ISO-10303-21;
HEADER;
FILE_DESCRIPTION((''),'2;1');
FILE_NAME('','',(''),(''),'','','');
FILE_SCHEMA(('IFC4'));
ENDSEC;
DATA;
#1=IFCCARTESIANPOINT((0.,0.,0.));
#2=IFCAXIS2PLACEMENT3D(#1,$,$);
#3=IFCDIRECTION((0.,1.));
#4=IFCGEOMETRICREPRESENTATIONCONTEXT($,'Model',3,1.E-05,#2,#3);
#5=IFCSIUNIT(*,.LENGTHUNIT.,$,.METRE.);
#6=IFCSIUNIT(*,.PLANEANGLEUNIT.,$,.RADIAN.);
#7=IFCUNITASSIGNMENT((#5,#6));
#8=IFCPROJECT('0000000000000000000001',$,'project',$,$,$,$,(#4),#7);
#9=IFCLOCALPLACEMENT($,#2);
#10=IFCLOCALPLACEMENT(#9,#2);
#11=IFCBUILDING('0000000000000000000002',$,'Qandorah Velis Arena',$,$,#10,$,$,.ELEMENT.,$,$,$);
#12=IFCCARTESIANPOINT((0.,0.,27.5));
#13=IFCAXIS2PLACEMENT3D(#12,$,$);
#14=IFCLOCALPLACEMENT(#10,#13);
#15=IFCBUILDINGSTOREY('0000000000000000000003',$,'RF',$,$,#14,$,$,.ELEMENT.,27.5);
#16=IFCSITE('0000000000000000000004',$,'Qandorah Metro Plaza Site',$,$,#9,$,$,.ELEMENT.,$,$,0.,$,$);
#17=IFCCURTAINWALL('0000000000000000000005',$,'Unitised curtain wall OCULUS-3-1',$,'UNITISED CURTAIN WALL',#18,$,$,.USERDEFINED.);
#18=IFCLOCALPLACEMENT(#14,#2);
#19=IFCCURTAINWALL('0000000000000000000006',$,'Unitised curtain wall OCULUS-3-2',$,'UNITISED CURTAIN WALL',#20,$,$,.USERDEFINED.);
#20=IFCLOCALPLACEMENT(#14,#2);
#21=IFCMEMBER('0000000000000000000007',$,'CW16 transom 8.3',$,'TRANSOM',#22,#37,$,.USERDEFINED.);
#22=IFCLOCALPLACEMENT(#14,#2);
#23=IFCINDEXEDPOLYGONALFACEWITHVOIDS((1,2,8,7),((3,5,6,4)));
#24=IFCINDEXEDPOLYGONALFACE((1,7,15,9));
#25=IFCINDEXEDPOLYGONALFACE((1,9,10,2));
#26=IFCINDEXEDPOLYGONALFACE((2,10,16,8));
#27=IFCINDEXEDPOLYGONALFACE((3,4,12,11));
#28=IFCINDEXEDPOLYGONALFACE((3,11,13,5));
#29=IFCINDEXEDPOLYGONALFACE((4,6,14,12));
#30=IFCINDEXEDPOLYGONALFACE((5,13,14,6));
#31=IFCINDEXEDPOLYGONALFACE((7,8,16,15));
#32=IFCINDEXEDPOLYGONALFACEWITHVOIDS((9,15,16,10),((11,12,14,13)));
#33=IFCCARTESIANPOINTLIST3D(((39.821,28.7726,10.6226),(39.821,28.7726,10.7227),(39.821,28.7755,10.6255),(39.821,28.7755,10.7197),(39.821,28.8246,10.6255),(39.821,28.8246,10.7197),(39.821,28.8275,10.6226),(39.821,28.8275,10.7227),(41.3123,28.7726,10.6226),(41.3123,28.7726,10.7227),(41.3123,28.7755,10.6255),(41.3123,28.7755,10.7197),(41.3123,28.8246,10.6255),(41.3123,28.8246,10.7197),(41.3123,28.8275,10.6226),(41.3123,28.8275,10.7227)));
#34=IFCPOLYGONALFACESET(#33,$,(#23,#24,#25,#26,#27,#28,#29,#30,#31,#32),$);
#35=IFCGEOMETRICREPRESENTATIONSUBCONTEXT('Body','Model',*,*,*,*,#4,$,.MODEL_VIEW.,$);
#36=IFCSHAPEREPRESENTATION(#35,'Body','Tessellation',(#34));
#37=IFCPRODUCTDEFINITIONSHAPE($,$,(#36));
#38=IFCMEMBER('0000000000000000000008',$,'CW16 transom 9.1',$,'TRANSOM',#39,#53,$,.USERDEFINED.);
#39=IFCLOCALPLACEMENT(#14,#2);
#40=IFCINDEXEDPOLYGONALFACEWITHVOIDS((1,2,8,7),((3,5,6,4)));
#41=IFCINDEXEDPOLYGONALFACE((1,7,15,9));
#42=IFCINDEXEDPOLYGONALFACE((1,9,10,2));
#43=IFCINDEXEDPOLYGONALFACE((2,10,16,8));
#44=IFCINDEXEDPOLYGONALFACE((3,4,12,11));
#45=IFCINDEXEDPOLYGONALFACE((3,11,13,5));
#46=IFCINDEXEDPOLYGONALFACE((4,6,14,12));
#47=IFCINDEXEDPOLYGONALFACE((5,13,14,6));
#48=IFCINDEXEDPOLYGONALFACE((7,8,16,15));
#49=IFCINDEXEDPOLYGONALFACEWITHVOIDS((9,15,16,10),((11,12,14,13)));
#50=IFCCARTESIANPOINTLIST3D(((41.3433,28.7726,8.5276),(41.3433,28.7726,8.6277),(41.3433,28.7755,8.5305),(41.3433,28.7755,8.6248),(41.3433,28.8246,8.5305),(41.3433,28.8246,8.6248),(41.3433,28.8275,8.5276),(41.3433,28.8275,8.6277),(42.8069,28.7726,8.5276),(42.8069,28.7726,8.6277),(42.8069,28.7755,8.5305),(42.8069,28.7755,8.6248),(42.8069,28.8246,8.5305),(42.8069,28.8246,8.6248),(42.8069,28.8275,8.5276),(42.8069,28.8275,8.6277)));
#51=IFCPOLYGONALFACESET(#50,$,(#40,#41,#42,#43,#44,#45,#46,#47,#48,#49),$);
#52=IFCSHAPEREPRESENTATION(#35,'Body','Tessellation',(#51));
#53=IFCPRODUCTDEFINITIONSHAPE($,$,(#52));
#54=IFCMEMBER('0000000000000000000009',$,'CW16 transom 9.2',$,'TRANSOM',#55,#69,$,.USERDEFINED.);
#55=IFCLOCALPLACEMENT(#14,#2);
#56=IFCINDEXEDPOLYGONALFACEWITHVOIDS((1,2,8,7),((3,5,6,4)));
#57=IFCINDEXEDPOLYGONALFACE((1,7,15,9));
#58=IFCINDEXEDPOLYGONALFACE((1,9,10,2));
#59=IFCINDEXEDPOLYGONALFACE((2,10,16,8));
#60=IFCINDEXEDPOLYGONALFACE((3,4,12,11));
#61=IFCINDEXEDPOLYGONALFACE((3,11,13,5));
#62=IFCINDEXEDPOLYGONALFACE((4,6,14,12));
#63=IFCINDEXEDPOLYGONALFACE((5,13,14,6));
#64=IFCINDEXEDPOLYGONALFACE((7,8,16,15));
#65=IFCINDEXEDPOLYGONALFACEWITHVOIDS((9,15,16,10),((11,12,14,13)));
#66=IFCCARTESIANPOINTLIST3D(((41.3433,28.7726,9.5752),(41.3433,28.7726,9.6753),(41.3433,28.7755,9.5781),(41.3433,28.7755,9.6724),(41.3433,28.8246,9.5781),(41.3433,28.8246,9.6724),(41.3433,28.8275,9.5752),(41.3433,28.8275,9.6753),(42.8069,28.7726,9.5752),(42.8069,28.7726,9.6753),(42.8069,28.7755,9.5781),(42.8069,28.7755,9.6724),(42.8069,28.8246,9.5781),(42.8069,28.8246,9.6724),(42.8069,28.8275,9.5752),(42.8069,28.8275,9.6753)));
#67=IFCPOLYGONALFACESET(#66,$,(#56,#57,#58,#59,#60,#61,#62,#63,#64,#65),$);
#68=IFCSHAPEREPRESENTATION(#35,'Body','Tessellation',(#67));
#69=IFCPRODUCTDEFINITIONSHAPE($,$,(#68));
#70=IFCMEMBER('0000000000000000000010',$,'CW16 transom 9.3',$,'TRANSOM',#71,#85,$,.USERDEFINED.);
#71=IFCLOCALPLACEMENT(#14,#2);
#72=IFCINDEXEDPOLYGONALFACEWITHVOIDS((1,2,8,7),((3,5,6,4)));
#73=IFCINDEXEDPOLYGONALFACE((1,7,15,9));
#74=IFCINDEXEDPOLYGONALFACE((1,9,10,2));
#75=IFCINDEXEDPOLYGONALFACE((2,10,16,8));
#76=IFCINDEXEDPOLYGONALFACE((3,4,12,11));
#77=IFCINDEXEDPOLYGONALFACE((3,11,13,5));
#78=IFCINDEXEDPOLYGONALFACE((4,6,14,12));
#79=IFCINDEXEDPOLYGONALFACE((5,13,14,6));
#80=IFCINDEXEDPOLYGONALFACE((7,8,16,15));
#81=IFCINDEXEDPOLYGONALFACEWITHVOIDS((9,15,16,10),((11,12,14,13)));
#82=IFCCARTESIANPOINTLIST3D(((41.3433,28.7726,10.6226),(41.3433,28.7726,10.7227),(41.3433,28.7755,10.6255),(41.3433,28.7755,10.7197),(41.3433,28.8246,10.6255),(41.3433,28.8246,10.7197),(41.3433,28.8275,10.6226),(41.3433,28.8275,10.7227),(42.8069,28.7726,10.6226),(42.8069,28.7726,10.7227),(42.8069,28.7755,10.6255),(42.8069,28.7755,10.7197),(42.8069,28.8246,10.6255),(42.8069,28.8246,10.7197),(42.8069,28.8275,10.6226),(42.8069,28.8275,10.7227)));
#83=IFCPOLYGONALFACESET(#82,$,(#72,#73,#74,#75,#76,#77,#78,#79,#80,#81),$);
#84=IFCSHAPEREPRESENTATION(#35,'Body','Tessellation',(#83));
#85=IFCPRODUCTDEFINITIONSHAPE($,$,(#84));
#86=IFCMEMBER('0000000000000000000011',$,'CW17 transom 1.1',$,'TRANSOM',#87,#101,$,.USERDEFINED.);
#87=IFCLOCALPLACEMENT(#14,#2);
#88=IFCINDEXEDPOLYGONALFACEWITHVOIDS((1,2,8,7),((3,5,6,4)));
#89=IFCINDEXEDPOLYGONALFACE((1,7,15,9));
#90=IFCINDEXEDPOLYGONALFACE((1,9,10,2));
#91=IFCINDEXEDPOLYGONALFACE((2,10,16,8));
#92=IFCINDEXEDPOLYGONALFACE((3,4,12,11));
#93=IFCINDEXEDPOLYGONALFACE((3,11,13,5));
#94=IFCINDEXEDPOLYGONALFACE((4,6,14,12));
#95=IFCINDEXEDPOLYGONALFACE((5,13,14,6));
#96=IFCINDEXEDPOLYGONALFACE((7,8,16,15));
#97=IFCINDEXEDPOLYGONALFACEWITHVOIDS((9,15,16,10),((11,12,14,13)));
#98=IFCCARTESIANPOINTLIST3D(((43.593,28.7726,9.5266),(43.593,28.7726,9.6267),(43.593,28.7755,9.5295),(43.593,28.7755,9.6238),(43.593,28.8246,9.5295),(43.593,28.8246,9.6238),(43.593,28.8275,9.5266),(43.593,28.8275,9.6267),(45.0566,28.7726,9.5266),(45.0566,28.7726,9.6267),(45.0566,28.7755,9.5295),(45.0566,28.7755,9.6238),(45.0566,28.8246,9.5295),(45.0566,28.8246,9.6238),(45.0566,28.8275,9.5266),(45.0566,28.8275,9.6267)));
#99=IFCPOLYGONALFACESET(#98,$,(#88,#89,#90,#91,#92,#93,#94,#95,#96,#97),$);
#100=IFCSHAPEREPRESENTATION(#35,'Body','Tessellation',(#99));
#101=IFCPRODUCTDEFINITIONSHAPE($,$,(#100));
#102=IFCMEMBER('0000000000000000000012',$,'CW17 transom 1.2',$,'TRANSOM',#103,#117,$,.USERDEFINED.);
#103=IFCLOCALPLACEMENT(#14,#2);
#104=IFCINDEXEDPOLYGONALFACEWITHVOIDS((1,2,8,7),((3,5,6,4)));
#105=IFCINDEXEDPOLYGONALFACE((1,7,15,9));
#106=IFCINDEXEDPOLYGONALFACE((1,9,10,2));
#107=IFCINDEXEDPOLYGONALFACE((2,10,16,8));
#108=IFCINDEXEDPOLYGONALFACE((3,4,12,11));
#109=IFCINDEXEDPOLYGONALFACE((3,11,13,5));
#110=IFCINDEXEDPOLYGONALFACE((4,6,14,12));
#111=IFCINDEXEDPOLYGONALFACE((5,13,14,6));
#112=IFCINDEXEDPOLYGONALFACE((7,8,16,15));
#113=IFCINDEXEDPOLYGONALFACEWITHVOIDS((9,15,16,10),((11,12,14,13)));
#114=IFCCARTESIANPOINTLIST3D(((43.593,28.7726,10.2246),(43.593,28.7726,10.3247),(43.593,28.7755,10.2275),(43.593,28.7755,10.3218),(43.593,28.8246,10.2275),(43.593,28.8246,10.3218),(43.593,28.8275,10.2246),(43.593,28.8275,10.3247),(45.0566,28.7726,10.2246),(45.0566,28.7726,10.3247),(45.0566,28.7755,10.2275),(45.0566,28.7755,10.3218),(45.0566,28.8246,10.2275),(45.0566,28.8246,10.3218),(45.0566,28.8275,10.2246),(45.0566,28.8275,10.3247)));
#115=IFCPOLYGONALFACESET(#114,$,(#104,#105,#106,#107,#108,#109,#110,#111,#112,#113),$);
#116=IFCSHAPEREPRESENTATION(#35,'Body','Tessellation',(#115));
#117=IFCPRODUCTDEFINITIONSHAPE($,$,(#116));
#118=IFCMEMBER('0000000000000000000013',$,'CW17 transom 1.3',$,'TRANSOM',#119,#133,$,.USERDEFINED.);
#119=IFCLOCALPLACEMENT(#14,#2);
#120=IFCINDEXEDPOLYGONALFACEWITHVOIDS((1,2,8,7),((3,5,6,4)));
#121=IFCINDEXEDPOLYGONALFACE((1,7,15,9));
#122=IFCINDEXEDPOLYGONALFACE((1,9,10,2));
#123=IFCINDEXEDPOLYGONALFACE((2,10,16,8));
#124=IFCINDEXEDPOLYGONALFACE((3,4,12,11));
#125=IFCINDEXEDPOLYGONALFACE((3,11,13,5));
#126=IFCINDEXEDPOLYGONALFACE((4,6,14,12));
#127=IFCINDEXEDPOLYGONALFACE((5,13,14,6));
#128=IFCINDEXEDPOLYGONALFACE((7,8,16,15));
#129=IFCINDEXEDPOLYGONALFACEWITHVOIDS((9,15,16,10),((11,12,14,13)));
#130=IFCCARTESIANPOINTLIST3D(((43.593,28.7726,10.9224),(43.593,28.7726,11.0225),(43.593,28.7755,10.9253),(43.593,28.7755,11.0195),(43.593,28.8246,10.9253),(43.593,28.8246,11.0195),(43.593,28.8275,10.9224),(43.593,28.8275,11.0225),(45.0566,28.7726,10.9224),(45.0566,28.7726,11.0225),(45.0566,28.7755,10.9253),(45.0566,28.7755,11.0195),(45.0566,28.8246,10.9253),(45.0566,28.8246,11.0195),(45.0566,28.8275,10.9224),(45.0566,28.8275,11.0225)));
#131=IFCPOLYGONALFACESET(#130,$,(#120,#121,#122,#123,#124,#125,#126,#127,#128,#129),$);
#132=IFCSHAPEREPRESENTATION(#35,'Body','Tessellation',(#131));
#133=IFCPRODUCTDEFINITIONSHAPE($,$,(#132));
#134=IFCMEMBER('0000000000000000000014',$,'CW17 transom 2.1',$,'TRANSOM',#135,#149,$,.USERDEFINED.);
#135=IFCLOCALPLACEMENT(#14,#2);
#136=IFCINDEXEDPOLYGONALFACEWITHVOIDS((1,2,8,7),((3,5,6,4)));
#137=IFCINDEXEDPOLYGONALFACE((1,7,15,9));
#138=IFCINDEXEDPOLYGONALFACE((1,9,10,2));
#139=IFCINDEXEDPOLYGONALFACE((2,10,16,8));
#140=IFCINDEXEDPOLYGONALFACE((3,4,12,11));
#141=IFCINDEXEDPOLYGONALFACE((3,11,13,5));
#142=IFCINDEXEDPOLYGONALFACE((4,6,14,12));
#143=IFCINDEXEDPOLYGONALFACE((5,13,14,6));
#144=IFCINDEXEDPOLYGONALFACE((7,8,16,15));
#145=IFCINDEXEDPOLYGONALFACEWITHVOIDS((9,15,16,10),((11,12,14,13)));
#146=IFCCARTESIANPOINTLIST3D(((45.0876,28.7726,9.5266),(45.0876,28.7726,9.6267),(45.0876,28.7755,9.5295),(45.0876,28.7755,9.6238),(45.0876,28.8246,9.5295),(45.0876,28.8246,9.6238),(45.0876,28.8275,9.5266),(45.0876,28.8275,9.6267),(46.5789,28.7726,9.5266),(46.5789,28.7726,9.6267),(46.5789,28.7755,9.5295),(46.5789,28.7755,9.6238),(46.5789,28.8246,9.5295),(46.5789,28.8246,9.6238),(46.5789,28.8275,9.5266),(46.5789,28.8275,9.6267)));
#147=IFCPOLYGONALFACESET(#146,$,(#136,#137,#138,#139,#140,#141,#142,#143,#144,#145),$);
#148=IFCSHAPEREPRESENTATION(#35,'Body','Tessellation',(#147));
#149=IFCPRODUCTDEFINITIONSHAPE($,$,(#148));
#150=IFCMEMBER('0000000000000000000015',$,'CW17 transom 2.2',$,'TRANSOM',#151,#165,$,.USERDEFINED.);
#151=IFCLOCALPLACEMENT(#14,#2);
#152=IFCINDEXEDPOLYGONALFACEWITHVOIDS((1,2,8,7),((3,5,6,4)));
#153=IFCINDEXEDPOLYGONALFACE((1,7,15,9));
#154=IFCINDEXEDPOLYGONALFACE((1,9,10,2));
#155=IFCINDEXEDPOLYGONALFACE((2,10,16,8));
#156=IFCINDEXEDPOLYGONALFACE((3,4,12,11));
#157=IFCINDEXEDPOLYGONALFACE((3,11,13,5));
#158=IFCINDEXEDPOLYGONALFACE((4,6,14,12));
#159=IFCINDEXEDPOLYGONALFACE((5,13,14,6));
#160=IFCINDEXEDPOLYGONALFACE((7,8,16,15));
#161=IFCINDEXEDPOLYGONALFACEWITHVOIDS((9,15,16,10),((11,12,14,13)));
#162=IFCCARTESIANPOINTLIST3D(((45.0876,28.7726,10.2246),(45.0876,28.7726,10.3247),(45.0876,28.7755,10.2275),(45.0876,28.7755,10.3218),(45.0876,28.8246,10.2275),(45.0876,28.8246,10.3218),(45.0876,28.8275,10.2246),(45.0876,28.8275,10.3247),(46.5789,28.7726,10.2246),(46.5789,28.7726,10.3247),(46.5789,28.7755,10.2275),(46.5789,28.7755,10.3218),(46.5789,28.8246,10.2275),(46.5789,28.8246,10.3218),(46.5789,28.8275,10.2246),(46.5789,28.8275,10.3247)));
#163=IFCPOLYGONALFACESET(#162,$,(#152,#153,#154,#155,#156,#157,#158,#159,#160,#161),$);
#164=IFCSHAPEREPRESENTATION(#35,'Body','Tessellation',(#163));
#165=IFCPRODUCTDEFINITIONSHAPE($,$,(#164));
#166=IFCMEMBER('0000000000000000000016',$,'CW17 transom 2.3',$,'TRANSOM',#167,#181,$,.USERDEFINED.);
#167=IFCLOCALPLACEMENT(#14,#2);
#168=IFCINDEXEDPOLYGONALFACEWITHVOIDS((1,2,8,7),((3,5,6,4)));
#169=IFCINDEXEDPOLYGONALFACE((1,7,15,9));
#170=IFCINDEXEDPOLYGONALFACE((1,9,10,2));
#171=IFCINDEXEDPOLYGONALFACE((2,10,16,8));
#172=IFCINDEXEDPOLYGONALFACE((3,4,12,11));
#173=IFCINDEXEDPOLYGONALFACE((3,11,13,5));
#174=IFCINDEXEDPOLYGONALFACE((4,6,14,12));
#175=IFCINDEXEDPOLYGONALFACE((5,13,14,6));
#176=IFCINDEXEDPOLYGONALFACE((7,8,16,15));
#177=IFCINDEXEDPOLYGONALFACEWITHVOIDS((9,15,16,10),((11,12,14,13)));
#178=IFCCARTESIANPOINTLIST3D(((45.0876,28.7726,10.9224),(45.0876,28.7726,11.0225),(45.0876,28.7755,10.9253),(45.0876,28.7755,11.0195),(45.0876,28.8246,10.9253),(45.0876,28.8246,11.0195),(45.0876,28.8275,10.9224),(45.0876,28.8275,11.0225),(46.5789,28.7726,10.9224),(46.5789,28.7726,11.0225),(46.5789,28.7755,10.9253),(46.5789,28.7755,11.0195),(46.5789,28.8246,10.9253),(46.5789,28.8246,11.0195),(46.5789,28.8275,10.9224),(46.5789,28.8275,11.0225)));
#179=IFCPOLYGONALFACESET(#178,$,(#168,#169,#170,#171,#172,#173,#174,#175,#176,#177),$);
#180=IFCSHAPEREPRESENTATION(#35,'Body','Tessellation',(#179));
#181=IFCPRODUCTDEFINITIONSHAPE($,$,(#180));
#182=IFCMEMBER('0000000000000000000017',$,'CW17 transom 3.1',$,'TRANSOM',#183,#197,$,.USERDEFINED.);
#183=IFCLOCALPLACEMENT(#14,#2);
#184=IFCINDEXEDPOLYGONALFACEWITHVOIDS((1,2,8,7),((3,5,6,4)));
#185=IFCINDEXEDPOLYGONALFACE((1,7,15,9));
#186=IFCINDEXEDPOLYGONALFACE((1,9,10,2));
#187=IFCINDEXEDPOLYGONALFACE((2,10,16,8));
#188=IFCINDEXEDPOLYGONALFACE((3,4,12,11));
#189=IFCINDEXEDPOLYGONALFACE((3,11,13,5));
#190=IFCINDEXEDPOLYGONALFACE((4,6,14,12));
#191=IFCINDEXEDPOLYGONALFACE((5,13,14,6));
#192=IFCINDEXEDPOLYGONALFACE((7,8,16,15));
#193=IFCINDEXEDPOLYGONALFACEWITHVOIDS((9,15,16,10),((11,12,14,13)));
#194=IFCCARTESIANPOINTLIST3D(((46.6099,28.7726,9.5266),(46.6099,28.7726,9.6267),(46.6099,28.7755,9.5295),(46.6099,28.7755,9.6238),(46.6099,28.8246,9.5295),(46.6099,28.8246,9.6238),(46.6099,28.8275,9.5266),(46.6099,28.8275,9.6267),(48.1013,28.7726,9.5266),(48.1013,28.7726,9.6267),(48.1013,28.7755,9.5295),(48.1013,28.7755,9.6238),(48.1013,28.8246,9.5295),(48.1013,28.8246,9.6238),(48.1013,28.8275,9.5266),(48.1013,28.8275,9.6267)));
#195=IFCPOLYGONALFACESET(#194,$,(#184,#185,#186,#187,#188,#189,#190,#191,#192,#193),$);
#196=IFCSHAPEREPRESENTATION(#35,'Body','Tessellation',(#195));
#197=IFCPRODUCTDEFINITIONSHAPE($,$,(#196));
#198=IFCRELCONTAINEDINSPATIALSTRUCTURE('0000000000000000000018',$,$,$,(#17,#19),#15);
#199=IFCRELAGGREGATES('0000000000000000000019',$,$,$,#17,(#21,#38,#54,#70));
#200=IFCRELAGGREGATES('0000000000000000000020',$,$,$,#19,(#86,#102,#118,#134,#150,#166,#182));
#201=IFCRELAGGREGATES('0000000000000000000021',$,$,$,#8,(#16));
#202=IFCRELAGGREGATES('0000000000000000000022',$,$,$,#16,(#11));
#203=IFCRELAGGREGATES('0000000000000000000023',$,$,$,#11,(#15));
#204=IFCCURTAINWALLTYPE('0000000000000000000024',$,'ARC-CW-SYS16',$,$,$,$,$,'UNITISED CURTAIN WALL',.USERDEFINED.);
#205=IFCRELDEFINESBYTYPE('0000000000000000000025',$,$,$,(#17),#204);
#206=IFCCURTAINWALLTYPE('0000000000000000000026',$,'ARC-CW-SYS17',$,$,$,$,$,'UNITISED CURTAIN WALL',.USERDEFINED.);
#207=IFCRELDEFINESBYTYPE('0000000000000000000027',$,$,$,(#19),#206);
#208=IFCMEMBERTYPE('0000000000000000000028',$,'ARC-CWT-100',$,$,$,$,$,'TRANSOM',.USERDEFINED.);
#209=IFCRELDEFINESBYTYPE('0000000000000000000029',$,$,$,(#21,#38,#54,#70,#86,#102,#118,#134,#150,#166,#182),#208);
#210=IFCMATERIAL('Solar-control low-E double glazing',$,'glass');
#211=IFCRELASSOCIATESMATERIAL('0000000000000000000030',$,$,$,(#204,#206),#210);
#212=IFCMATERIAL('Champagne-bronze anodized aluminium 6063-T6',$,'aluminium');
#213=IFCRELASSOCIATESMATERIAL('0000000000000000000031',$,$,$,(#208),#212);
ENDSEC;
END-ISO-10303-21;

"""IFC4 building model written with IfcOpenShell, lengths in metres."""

from ifc_helpers import new_model, si_unit, direction, frame, origin, origin_2d, place, context, subcontext, project, spatial, hollow_rectangle, extrude, material, material_profile, profile_set, type_object, element, aggregate, save


model = new_model("IFC4")

# Units and contexts
model_context = context("Model", 3, precision=1e-05, world=origin(), true_north=direction((0.0, 1.0)))
body_context = subcontext(model_context, "Body", "Model", "MODEL_VIEW")
ifc_project = project(units=[si_unit("LENGTHUNIT", "METRE"), si_unit("PLANEANGLEUNIT", "RADIAN")], contexts=[model_context])

# Site, building, storey
site_placement = place(None, origin())
site = spatial("IfcSite", under=ifc_project, at=site_placement, Name="Qandorah Metro Plaza Site", CompositionType="ELEMENT", RefElevation=0.0)
building_placement = place(site_placement, origin())
building = spatial("IfcBuilding", under=site, at=building_placement, Name="Qandorah Velis Arena", CompositionType="ELEMENT")
storey_placement = place(building_placement, frame((0.0, 0.0, 27.5)))
storey = spatial("IfcBuildingStorey", under=building, at=storey_placement, Name="RF", CompositionType="ELEMENT", Elevation=27.5)

# Curtain walls
ifc_material_1 = material(Name="Solar-control low-E double glazing", Category="glass")
curtain_wall_type_1 = type_object("IfcCurtainWallType", Name="ARC-CW-SYS16", ElementType="UNITISED CURTAIN WALL", PredefinedType="USERDEFINED", material=ifc_material_1)
curtain_wall_1_placement = place(storey_placement, origin())
curtain_wall_1 = element("IfcCurtainWall", 1, at=curtain_wall_1_placement, inside=storey, type_object=curtain_wall_type_1, Name="Unitised curtain wall OCULUS-3-1", ObjectType="UNITISED CURTAIN WALL", PredefinedType="USERDEFINED")
ifc_material_2 = material(Name="Champagne-bronze anodized aluminium 6063-T6", Category="aluminium")
curtain_wall_type_2 = type_object("IfcCurtainWallType", Name="ARC-CW-SYS17", ElementType="UNITISED CURTAIN WALL", PredefinedType="USERDEFINED", material=ifc_material_1)
curtain_wall_2_placement = place(storey_placement, origin())
curtain_wall_2 = element("IfcCurtainWall", 2, at=curtain_wall_2_placement, inside=storey, type_object=curtain_wall_type_2, Name="Unitised curtain wall OCULUS-3-2", ObjectType="UNITISED CURTAIN WALL", PredefinedType="USERDEFINED")

# Members
ifc_material_profile_1 = material_profile(ifc_material_2, hollow_rectangle(XDim=0.0549, YDim=0.1001, WallThickness=0.0029, at=origin_2d()), Name="ALU TRANSOM 55x100")
ifc_profile_set_1 = profile_set([ifc_material_profile_1], Name="Champagne-bronze anodized aluminium 6063-T6")
member_type_1 = type_object("IfcMemberType", Name="ARC-CWT-100", ElementType="TRANSOM", PredefinedType="USERDEFINED", material=ifc_profile_set_1)
member_1_placement = place(storey_placement, frame((39.821, 28.8, 10.6726), z_axis=(1.0, 0.0, 0.0), x_axis=(0.0, 1.0, 0.0)))
member_1 = element("IfcMember", 3, at=member_1_placement, type_object=member_type_1, Name="CW16 transom 8.3", ObjectType="TRANSOM", PredefinedType="USERDEFINED", context=body_context, shape_type="SweptSolid", body=[
    extrude(hollow_rectangle(XDim=0.0549, YDim=0.1001, WallThickness=0.0029, at=origin_2d()), origin(), (0.0, 0.0, 1.0), 1.4912),
])
member_2_placement = place(storey_placement, frame((41.3433, 28.8, 8.5776), z_axis=(1.0, 0.0, 0.0), x_axis=(0.0, 1.0, 0.0)))
member_2 = element("IfcMember", 4, at=member_2_placement, type_object=member_type_1, Name="CW16 transom 9.1", ObjectType="TRANSOM", PredefinedType="USERDEFINED", context=body_context, shape_type="SweptSolid", body=[
    extrude(hollow_rectangle(XDim=0.0549, YDim=0.1001, WallThickness=0.0029, at=origin_2d()), origin(), (0.0, 0.0, 1.0), 1.4636),
])
member_3_placement = place(storey_placement, frame((41.3433, 28.8, 9.6252), z_axis=(1.0, 0.0, 0.0), x_axis=(0.0, 1.0, 0.0)))
member_3 = element("IfcMember", 5, at=member_3_placement, type_object=member_type_1, Name="CW16 transom 9.2", ObjectType="TRANSOM", PredefinedType="USERDEFINED", context=body_context, shape_type="SweptSolid", body=[
    extrude(hollow_rectangle(XDim=0.0549, YDim=0.1001, WallThickness=0.0029, at=origin_2d()), origin(), (0.0, 0.0, 1.0), 1.4636),
])
member_4_placement = place(storey_placement, frame((41.3433, 28.8, 10.6726), z_axis=(1.0, 0.0, 0.0), x_axis=(0.0, 1.0, 0.0)))
member_4 = element("IfcMember", 6, at=member_4_placement, type_object=member_type_1, Name="CW16 transom 9.3", ObjectType="TRANSOM", PredefinedType="USERDEFINED", context=body_context, shape_type="SweptSolid", body=[
    extrude(hollow_rectangle(XDim=0.0549, YDim=0.1001, WallThickness=0.0029, at=origin_2d()), origin(), (0.0, 0.0, 1.0), 1.4636),
])
member_5_placement = place(storey_placement, frame((43.593, 28.8, 9.5767), z_axis=(1.0, 0.0, 0.0), x_axis=(0.0, 1.0, 0.0)))
member_5 = element("IfcMember", 7, at=member_5_placement, type_object=member_type_1, Name="CW17 transom 1.1", ObjectType="TRANSOM", PredefinedType="USERDEFINED", context=body_context, shape_type="SweptSolid", body=[
    extrude(hollow_rectangle(XDim=0.0549, YDim=0.1001, WallThickness=0.0029, at=origin_2d()), origin(), (0.0, 0.0, 1.0), 1.4636),
])
member_6_placement = place(storey_placement, frame((43.593, 28.8, 10.2747), z_axis=(1.0, 0.0, 0.0), x_axis=(0.0, 1.0, 0.0)))
member_6 = element("IfcMember", 8, at=member_6_placement, type_object=member_type_1, Name="CW17 transom 1.2", ObjectType="TRANSOM", PredefinedType="USERDEFINED", context=body_context, shape_type="SweptSolid", body=[
    extrude(hollow_rectangle(XDim=0.0549, YDim=0.1001, WallThickness=0.0029, at=origin_2d()), origin(), (0.0, 0.0, 1.0), 1.4636),
])
member_7_placement = place(storey_placement, frame((43.593, 28.8, 10.9724), z_axis=(1.0, 0.0, 0.0), x_axis=(0.0, 1.0, 0.0)))
member_7 = element("IfcMember", 9, at=member_7_placement, type_object=member_type_1, Name="CW17 transom 1.3", ObjectType="TRANSOM", PredefinedType="USERDEFINED", context=body_context, shape_type="SweptSolid", body=[
    extrude(hollow_rectangle(XDim=0.0549, YDim=0.1001, WallThickness=0.0029, at=origin_2d()), origin(), (0.0, 0.0, 1.0), 1.4636),
])
member_8_placement = place(storey_placement, frame((45.0876, 28.8, 9.5767), z_axis=(1.0, 0.0, 0.0), x_axis=(0.0, 1.0, 0.0)))
member_8 = element("IfcMember", 10, at=member_8_placement, type_object=member_type_1, Name="CW17 transom 2.1", ObjectType="TRANSOM", PredefinedType="USERDEFINED", context=body_context, shape_type="SweptSolid", body=[
    extrude(hollow_rectangle(XDim=0.0549, YDim=0.1001, WallThickness=0.0029, at=origin_2d()), origin(), (0.0, 0.0, 1.0), 1.4912),
])
member_9_placement = place(storey_placement, frame((45.0876, 28.8, 10.2747), z_axis=(1.0, 0.0, 0.0), x_axis=(0.0, 1.0, 0.0)))
member_9 = element("IfcMember", 11, at=member_9_placement, type_object=member_type_1, Name="CW17 transom 2.2", ObjectType="TRANSOM", PredefinedType="USERDEFINED", context=body_context, shape_type="SweptSolid", body=[
    extrude(hollow_rectangle(XDim=0.0549, YDim=0.1001, WallThickness=0.0029, at=origin_2d()), origin(), (0.0, 0.0, 1.0), 1.4912),
])
member_10_placement = place(storey_placement, frame((45.0876, 28.8, 10.9724), z_axis=(1.0, 0.0, 0.0), x_axis=(0.0, 1.0, 0.0)))
member_10 = element("IfcMember", 12, at=member_10_placement, type_object=member_type_1, Name="CW17 transom 2.3", ObjectType="TRANSOM", PredefinedType="USERDEFINED", context=body_context, shape_type="SweptSolid", body=[
    extrude(hollow_rectangle(XDim=0.0549, YDim=0.1001, WallThickness=0.0029, at=origin_2d()), origin(), (0.0, 0.0, 1.0), 1.4912),
])
member_11_placement = place(storey_placement, frame((46.6099, 28.8, 9.5767), z_axis=(1.0, 0.0, 0.0), x_axis=(0.0, 1.0, 0.0)))
member_11 = element("IfcMember", 13, at=member_11_placement, type_object=member_type_1, Name="CW17 transom 3.1", ObjectType="TRANSOM", PredefinedType="USERDEFINED", context=body_context, shape_type="SweptSolid", body=[
    extrude(hollow_rectangle(XDim=0.0549, YDim=0.1001, WallThickness=0.0029, at=origin_2d()), origin(), (0.0, 0.0, 1.0), 1.4915),
])

aggregate(curtain_wall_1, [member_1, member_2, member_3, member_4])
aggregate(curtain_wall_2, [member_5, member_6, member_7, member_8, member_9, member_10, member_11])

save(model, "model.ifc")
